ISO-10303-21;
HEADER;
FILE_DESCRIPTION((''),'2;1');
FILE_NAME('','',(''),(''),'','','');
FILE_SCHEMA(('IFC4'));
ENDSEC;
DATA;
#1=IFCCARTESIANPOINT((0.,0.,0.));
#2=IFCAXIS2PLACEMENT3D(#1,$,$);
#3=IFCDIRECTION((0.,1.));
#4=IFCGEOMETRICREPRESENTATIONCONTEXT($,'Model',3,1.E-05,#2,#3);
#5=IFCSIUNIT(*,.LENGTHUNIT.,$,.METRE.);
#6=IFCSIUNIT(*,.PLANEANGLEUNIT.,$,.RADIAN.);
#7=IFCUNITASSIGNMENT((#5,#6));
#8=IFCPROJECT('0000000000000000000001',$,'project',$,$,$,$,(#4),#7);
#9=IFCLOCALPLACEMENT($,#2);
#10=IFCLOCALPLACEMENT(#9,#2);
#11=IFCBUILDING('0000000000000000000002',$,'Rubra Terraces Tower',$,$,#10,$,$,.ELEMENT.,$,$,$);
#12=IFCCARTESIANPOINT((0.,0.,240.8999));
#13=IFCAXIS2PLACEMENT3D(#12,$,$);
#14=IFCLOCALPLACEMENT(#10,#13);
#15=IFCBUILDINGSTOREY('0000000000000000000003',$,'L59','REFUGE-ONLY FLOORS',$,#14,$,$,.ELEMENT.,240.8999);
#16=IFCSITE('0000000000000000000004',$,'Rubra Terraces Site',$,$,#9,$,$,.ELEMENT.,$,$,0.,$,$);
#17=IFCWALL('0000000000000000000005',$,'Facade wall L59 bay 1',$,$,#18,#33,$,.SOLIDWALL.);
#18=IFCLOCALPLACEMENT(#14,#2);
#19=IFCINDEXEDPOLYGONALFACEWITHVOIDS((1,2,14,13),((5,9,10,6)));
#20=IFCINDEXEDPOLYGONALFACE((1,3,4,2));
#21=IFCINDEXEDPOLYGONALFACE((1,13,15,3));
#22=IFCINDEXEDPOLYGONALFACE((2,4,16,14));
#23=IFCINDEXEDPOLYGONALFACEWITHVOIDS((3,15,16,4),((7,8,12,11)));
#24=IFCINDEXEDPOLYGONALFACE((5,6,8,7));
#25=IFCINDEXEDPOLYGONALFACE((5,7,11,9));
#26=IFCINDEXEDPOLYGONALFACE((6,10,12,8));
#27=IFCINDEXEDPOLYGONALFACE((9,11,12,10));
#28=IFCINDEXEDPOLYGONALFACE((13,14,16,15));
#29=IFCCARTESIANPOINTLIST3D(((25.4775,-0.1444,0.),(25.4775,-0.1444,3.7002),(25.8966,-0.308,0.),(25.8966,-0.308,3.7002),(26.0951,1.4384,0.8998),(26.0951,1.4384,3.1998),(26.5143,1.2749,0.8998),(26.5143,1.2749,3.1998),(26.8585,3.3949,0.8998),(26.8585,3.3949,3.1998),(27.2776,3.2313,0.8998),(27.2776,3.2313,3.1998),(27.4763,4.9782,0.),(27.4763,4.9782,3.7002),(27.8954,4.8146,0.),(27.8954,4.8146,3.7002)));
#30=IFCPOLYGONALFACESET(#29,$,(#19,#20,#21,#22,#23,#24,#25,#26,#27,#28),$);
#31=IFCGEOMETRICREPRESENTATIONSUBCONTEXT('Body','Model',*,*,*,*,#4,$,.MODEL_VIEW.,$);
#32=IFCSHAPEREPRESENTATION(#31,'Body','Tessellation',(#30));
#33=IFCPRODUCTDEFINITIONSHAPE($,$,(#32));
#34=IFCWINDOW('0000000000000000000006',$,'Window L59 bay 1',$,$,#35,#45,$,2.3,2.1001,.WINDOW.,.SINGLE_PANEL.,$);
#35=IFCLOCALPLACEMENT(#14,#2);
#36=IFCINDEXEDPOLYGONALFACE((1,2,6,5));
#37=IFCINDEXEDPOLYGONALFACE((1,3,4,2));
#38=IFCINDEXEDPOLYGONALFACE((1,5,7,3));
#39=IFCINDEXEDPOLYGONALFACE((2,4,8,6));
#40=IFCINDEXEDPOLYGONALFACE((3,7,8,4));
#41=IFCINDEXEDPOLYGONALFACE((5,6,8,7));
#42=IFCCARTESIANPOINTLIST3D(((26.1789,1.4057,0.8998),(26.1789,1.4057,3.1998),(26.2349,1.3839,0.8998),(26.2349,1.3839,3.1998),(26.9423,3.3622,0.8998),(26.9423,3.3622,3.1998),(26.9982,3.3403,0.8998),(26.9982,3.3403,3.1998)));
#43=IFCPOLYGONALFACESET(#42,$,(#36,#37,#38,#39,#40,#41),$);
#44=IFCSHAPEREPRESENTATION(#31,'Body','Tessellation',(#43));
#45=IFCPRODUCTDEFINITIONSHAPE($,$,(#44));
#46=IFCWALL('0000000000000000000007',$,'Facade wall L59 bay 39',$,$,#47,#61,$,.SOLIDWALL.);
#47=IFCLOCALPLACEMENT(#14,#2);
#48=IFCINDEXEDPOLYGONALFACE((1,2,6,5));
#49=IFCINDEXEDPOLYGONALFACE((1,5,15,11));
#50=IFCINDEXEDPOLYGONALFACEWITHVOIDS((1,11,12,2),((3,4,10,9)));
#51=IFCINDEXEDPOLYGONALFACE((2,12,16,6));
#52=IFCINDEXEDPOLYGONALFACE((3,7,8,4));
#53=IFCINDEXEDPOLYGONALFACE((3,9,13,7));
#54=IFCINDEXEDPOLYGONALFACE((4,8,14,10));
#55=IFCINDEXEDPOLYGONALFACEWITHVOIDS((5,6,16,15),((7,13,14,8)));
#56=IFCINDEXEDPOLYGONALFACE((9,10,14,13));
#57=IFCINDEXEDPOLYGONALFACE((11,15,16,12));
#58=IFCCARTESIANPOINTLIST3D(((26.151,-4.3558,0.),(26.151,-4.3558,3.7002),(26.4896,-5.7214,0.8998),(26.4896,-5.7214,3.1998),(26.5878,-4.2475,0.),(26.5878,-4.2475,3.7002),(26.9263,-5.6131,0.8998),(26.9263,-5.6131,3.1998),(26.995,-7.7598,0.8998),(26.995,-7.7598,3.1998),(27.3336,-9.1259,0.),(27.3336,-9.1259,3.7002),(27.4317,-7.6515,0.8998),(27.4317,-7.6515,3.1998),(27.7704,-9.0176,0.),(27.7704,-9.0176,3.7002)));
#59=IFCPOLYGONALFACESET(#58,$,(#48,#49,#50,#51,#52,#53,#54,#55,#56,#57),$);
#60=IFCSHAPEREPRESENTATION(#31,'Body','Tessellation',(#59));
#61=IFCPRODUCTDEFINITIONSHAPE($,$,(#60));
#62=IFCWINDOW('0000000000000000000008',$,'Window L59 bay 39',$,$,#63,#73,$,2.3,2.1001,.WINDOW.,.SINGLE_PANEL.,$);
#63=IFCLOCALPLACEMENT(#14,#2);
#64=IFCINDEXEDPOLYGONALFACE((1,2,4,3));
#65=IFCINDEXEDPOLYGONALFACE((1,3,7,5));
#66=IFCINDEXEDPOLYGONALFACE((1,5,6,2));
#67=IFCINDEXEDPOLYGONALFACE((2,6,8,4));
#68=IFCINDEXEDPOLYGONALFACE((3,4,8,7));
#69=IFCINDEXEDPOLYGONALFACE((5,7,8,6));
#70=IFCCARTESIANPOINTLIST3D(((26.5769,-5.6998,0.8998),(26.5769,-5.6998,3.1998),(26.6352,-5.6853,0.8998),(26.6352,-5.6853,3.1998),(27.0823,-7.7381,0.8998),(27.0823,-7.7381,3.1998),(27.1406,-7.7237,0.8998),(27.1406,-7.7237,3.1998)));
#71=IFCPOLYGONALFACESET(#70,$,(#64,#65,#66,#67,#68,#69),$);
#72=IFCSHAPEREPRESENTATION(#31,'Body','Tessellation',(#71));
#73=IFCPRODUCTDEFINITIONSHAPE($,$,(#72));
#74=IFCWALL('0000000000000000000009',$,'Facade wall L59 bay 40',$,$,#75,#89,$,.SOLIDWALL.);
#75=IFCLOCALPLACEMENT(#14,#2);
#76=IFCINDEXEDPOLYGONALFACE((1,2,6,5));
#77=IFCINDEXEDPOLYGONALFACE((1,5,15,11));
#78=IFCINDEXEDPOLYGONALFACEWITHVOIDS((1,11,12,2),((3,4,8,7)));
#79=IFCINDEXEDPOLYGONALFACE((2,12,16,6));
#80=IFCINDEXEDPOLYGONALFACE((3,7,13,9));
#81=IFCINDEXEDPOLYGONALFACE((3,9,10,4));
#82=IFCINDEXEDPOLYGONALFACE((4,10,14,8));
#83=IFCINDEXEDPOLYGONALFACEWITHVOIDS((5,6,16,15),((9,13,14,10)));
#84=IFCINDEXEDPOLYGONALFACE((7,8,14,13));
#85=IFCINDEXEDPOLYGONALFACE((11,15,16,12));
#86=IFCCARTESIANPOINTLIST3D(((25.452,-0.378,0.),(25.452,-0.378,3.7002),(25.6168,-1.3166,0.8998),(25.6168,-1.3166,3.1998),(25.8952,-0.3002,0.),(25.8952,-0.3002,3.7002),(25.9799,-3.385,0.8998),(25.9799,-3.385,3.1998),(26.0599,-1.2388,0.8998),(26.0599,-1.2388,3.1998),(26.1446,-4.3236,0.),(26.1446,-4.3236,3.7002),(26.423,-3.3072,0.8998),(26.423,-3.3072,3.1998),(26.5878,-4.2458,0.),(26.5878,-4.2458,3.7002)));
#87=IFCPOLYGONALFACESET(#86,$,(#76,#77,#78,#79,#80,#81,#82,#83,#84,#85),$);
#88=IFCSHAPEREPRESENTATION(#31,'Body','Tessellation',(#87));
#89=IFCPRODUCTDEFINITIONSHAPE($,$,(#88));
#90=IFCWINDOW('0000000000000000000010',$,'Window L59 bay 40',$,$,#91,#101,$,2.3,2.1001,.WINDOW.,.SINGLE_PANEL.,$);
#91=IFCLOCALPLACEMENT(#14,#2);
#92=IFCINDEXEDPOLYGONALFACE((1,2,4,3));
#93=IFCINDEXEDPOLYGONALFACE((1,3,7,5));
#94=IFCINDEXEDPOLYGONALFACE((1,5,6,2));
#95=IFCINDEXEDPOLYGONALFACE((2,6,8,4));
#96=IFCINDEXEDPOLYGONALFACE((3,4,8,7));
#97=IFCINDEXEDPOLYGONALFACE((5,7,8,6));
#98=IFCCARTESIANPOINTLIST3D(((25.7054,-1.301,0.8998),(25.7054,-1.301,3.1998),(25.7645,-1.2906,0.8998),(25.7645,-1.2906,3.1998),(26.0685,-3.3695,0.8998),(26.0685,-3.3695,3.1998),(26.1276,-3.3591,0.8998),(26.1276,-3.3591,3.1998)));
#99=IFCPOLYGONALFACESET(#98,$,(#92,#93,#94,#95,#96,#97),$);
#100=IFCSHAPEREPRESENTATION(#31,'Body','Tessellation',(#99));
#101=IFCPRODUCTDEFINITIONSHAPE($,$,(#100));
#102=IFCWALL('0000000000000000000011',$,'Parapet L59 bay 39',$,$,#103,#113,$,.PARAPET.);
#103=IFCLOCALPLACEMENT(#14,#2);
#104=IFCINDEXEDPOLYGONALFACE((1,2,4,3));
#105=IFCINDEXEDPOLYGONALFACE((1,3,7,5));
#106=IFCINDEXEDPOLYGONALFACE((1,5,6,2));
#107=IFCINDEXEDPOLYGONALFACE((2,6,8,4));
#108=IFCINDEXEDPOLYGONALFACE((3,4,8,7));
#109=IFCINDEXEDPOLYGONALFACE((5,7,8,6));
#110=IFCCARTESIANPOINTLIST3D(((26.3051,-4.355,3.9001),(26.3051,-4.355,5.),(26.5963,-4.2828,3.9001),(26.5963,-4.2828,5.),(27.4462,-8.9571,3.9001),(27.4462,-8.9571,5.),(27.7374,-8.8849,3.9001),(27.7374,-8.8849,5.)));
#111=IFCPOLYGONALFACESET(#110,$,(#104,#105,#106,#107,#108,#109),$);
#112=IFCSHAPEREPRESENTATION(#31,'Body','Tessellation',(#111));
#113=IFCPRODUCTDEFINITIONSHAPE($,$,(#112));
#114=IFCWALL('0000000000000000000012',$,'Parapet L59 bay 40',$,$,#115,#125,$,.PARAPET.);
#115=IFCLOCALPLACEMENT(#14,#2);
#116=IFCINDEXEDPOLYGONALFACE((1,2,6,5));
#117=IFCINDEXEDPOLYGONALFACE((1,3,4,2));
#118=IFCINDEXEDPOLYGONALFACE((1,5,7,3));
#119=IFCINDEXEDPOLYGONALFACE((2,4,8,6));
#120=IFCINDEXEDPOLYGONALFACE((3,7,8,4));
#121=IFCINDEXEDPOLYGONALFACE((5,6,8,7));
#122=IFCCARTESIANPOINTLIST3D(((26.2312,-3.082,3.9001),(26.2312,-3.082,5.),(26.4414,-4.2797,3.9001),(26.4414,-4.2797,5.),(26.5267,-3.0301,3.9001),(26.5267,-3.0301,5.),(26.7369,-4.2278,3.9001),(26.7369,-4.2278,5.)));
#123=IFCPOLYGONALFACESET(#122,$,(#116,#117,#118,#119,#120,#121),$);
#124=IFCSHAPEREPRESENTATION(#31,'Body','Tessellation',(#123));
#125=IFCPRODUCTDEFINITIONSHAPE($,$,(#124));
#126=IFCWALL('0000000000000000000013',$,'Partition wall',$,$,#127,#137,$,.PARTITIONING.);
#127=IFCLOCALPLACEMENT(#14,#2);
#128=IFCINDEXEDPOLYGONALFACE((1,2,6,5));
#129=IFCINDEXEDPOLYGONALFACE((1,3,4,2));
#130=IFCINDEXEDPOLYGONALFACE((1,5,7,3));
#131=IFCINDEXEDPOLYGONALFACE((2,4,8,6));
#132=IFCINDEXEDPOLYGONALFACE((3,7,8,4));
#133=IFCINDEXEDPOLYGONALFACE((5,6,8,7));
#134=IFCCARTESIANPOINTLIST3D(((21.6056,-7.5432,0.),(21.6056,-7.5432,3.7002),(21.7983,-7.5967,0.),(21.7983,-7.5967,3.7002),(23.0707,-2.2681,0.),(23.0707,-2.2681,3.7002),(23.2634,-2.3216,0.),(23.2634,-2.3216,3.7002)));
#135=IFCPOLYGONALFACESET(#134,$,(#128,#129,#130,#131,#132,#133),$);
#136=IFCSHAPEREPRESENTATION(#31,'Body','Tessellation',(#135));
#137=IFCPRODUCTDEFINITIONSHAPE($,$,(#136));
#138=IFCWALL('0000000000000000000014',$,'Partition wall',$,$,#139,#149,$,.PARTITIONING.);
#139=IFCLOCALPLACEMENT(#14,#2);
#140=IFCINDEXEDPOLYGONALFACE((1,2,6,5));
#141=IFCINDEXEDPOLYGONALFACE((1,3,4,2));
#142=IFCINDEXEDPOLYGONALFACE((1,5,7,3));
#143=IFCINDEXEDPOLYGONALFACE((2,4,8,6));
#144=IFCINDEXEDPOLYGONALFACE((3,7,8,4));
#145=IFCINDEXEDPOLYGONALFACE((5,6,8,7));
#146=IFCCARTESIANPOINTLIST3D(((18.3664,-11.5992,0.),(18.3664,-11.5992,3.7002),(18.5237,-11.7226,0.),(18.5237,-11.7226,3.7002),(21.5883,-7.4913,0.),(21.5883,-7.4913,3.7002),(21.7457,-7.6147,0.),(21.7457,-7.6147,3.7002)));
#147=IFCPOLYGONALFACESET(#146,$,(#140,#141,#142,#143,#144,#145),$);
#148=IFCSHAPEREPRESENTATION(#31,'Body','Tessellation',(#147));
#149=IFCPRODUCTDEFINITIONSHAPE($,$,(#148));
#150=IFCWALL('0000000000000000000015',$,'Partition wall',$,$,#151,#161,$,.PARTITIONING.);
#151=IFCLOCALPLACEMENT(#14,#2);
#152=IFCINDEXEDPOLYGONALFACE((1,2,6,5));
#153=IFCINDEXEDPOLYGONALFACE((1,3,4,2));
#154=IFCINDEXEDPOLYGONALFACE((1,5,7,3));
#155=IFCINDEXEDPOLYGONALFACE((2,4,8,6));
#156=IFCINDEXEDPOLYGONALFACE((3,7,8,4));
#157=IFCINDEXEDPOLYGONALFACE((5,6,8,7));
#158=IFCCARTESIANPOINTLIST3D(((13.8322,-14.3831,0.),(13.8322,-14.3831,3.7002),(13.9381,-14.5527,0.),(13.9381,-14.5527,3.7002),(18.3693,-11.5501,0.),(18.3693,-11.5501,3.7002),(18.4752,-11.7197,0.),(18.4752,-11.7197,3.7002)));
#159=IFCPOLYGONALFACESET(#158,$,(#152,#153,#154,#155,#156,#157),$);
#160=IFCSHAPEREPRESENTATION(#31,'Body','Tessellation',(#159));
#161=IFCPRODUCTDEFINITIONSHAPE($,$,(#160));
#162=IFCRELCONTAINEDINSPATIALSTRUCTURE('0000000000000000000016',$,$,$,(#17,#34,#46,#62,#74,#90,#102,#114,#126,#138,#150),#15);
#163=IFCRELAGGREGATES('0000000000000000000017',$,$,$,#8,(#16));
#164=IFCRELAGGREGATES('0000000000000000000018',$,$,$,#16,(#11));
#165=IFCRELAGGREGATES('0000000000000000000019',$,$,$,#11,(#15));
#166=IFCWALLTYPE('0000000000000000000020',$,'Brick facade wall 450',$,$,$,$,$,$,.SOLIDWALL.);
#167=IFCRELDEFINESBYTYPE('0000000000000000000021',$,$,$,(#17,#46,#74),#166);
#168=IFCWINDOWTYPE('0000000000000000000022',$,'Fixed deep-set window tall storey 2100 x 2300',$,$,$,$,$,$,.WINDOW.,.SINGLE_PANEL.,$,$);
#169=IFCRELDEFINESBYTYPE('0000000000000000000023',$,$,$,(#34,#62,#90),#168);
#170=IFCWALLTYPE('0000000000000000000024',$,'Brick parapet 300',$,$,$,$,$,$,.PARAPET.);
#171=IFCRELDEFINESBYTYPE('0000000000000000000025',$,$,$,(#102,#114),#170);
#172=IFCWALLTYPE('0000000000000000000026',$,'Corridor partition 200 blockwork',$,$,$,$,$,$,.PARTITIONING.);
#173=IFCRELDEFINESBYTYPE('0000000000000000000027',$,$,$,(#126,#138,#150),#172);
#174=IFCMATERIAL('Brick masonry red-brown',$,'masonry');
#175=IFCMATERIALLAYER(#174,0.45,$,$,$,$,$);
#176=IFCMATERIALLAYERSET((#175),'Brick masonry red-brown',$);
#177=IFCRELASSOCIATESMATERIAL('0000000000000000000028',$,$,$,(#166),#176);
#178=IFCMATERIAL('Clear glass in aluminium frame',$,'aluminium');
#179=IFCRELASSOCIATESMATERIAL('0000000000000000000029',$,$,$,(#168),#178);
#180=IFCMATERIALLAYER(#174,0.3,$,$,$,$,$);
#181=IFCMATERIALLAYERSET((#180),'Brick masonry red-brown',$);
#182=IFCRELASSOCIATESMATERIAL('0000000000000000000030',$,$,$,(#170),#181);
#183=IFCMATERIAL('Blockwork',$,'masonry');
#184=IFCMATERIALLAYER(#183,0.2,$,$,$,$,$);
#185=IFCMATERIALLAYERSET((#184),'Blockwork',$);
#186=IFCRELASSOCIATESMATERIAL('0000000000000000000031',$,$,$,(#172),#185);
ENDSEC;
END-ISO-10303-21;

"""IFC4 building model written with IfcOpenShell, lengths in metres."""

from ifc_helpers import new_model, si_unit, direction, frame, frame_2d, origin, place, context, subcontext, project, spatial, rectangle, extrude, material, layer, layer_set, type_object, element, fill, save


model = new_model("IFC4")

# Units and contexts
model_context = context("Model", 3, precision=1e-05, world=origin(), true_north=direction((0.0, 1.0)))
body_context = subcontext(model_context, "Body", "Model", "MODEL_VIEW")
ifc_project = project(units=[si_unit("LENGTHUNIT", "METRE"), si_unit("PLANEANGLEUNIT", "RADIAN")], contexts=[model_context])

# Site, building, storey
site_placement = place(None, origin())
site = spatial("IfcSite", under=ifc_project, at=site_placement, Name="Rubra Terraces Site", CompositionType="ELEMENT", RefElevation=0.0)
building_placement = place(site_placement, origin())
building = spatial("IfcBuilding", under=site, at=building_placement, Name="Rubra Terraces Tower", CompositionType="ELEMENT")
storey_placement = place(building_placement, frame((0.0, 0.0, 240.8999)))
storey = spatial("IfcBuildingStorey", under=building, at=storey_placement, Name="L59", Description="REFUGE-ONLY FLOORS", CompositionType="ELEMENT", Elevation=240.8999)

# Walls, openings, windows
ifc_material_1 = material(Name="Brick masonry red-brown", Category="masonry")
ifc_layer_1 = layer(ifc_material_1, 0.45)
ifc_layer_set_1 = layer_set([ifc_layer_1], Name="Brick masonry red-brown")
wall_type_1 = type_object("IfcWallType", Name="Brick facade wall 450", PredefinedType="SOLIDWALL", material=ifc_layer_set_1)
wall_1_placement = place(storey_placement, frame((25.687, -0.2263, 0.0), z_axis=(0.0, 0.0, 1.0), x_axis=(0.3635, 0.931594, 0.0)))
wall_1 = element("IfcWall", 1, at=wall_1_placement, inside=storey, type_object=wall_type_1, Name="Facade wall L59 bay 1", PredefinedType="SOLIDWALL", context=body_context, shape_type="SweptSolid", body=[
    extrude(rectangle(XDim=5.4988, YDim=0.45, at=frame_2d((2.7495, 0.0))), origin(), (0.0, 0.0, 1.0), 3.7002),
])
opening_1_placement = place(wall_1_placement, frame((1.6992, 0.0, 0.8999)))
opening_1 = element("IfcOpeningElement", 2, at=opening_1_placement, cuts=wall_1, PredefinedType="OPENING", context=body_context, shape_type="SweptSolid", body=[
    extrude(rectangle(XDim=2.1001, YDim=2.3, at=frame_2d((1.05, 1.1499))), frame((0.0, 0.2349, 0.0), z_axis=(0.0, -1.0, 0.0), x_axis=(1.0, 0.0, 0.0)), (0.0, 0.0, 1.0), 0.47),
])
ifc_material_2 = material(Name="Clear glass in aluminium frame", Category="aluminium")
window_type = type_object("IfcWindowType", Name="Fixed deep-set window tall storey 2100 x 2300", PartitioningType="SINGLE_PANEL", PredefinedType="WINDOW", material=ifc_material_2)
window_1_placement = place(opening_1_placement, origin())
window_1 = element("IfcWindow", 3, at=window_1_placement, inside=storey, type_object=window_type, Name="Window L59 bay 1", OverallHeight=2.3, OverallWidth=2.1001, PartitioningType="SINGLE_PANEL", PredefinedType="WINDOW", context=body_context, shape_type="SweptSolid", body=[
    extrude(rectangle(XDim=2.1001, YDim=2.3, at=frame_2d((1.05, 1.1499))), frame((0.0, 0.135, 0.0), z_axis=(0.0, -1.0, 0.0), x_axis=(1.0, 0.0, 0.0)), (0.0, 0.0, 1.0), 0.0601),
])
fill(opening_1, window_1)
wall_2_placement = place(storey_placement, frame((27.552, -9.0718, 0.0), z_axis=(0.0, 0.0, 1.0), x_axis=(-0.24063, 0.970617, 0.0)))
wall_2 = element("IfcWall", 4, at=wall_2_placement, inside=storey, type_object=wall_type_1, Name="Facade wall L59 bay 39", PredefinedType="SOLIDWALL", context=body_context, shape_type="SweptSolid", body=[
    extrude(rectangle(XDim=4.9146, YDim=0.45, at=frame_2d((2.4573, 0.0))), origin(), (0.0, 0.0, 1.0), 3.7002),
])
opening_2_placement = place(wall_2_placement, frame((1.4075, 0.0, 0.8999)))
opening_2 = element("IfcOpeningElement", 5, at=opening_2_placement, cuts=wall_2, PredefinedType="OPENING", context=body_context, shape_type="SweptSolid", body=[
    extrude(rectangle(XDim=2.1001, YDim=2.3, at=frame_2d((1.05, 1.1499))), frame((0.0, 0.2349, 0.0), z_axis=(0.0, -1.0, 0.0), x_axis=(1.0, 0.0, 0.0)), (0.0, 0.0, 1.0), 0.47),
])
window_2_placement = place(opening_2_placement, origin())
window_2 = element("IfcWindow", 6, at=window_2_placement, inside=storey, type_object=window_type, Name="Window L59 bay 39", OverallHeight=2.3, OverallWidth=2.1001, PartitioningType="SINGLE_PANEL", PredefinedType="WINDOW", context=body_context, shape_type="SweptSolid", body=[
    extrude(rectangle(XDim=2.1001, YDim=2.3, at=frame_2d((1.05, 1.1499))), frame((0.0, 0.135, 0.0), z_axis=(0.0, -1.0, 0.0), x_axis=(1.0, 0.0, 0.0)), (0.0, 0.0, 1.0), 0.0601),
])
fill(opening_2, window_2)
wall_3_placement = place(storey_placement, frame((26.3662, -4.2847, 0.0), z_axis=(0.0, 0.0, 1.0), x_axis=(-0.172902, 0.984939, 0.0)))
wall_3 = element("IfcWall", 7, at=wall_3_placement, inside=storey, type_object=wall_type_1, Name="Facade wall L59 bay 40", PredefinedType="SOLIDWALL", context=body_context, shape_type="SweptSolid", body=[
    extrude(rectangle(XDim=4.0059, YDim=0.45, at=frame_2d((2.0029, 0.0))), origin(), (0.0, 0.0, 1.0), 3.7002),
])
opening_3_placement = place(wall_3_placement, frame((0.9529, 0.0, 0.8999)))
opening_3 = element("IfcOpeningElement", 8, at=opening_3_placement, cuts=wall_3, PredefinedType="OPENING", context=body_context, shape_type="SweptSolid", body=[
    extrude(rectangle(XDim=2.1001, YDim=2.3, at=frame_2d((1.05, 1.1499))), frame((0.0, 0.2349, 0.0), z_axis=(0.0, -1.0, 0.0), x_axis=(1.0, 0.0, 0.0)), (0.0, 0.0, 1.0), 0.47),
])
window_3_placement = place(opening_3_placement, origin())
window_3 = element("IfcWindow", 9, at=window_3_placement, inside=storey, type_object=window_type, Name="Window L59 bay 40", OverallHeight=2.3, OverallWidth=2.1001, PartitioningType="SINGLE_PANEL", PredefinedType="WINDOW", context=body_context, shape_type="SweptSolid", body=[
    extrude(rectangle(XDim=2.1001, YDim=2.3, at=frame_2d((1.05, 1.1499))), frame((0.0, 0.135, 0.0), z_axis=(0.0, -1.0, 0.0), x_axis=(1.0, 0.0, 0.0)), (0.0, 0.0, 1.0), 0.0601),
])
fill(opening_3, window_3)

# Walls
ifc_layer_2 = layer(ifc_material_1, 0.3)
ifc_layer_set_2 = layer_set([ifc_layer_2], Name="Brick masonry red-brown")
wall_type_2 = type_object("IfcWallType", Name="Brick parapet 300", PredefinedType="PARAPET", material=ifc_layer_set_2)
wall_4_placement = place(storey_placement, frame((27.5918, -8.9209, 3.9001), z_axis=(0.0, 0.0, 1.0), x_axis=(-0.240669, 0.970607, 0.0)))
element("IfcWall", 10, at=wall_4_placement, inside=storey, type_object=wall_type_2, Name="Parapet L59 bay 39", PredefinedType="PARAPET", context=body_context, shape_type="SweptSolid", body=[
    extrude(rectangle(XDim=4.7415, YDim=0.3, at=frame_2d((2.3706, 0.0))), origin(), (0.0, 0.0, 1.0), 1.0999),
])
wall_5_placement = place(storey_placement, frame((26.5891, -4.2537, 3.9001), z_axis=(0.0, 0.0, 1.0), x_axis=(-0.172858, 0.984947, 0.0)))
element("IfcWall", 11, at=wall_5_placement, inside=storey, type_object=wall_type_2, Name="Parapet L59 bay 40", PredefinedType="PARAPET", context=body_context, shape_type="SweptSolid", body=[
    extrude(rectangle(XDim=1.2161, YDim=0.3, at=frame_2d((0.6079, 0.0))), origin(), (0.0, 0.0, 1.0), 1.0999),
])
ifc_material_3 = material(Name="Blockwork", Category="masonry")
ifc_layer_3 = layer(ifc_material_3, 0.2)
ifc_layer_set_3 = layer_set([ifc_layer_3], Name="Blockwork")
wall_type_3 = type_object("IfcWallType", Name="Corridor partition 200 blockwork", PredefinedType="PARTITIONING", material=ifc_layer_set_3)
wall_6_placement = place(storey_placement, frame((23.167, -2.2949, 0.0), z_axis=(0.0, 0.0, 1.0), x_axis=(-0.267605, -0.963529, 0.0)))
element("IfcWall", 12, at=wall_6_placement, inside=storey, type_object=wall_type_3, Name="Partition wall", PredefinedType="PARTITIONING", context=body_context, shape_type="SweptSolid", body=[
    extrude(rectangle(XDim=5.4749, YDim=0.2, at=frame_2d((2.7373, 0.0))), origin(), (0.0, 0.0, 1.0), 3.7002),
])
wall_7_placement = place(storey_placement, frame((21.667, -7.553, 0.0), z_axis=(0.0, 0.0, 1.0), x_axis=(-0.617144, -0.78685, 0.0)))
element("IfcWall", 13, at=wall_7_placement, inside=storey, type_object=wall_type_3, Name="Partition wall", PredefinedType="PARTITIONING", context=body_context, shape_type="SweptSolid", body=[
    extrude(rectangle(XDim=5.2207, YDim=0.2, at=frame_2d((2.6104, 0.0))), origin(), (0.0, 0.0, 1.0), 3.7002),
])
wall_8_placement = place(storey_placement, frame((18.4221, -11.635, 0.0), z_axis=(0.0, 0.0, 1.0), x_axis=(-0.848224, -0.529638, 0.0)))
element("IfcWall", 14, at=wall_8_placement, inside=storey, type_object=wall_type_3, Name="Partition wall", PredefinedType="PARTITIONING", context=body_context, shape_type="SweptSolid", body=[
    extrude(rectangle(XDim=5.3489, YDim=0.2, at=frame_2d((2.6743, 0.0))), origin(), (0.0, 0.0, 1.0), 3.7002),
])

save(model, "model.ifc")
